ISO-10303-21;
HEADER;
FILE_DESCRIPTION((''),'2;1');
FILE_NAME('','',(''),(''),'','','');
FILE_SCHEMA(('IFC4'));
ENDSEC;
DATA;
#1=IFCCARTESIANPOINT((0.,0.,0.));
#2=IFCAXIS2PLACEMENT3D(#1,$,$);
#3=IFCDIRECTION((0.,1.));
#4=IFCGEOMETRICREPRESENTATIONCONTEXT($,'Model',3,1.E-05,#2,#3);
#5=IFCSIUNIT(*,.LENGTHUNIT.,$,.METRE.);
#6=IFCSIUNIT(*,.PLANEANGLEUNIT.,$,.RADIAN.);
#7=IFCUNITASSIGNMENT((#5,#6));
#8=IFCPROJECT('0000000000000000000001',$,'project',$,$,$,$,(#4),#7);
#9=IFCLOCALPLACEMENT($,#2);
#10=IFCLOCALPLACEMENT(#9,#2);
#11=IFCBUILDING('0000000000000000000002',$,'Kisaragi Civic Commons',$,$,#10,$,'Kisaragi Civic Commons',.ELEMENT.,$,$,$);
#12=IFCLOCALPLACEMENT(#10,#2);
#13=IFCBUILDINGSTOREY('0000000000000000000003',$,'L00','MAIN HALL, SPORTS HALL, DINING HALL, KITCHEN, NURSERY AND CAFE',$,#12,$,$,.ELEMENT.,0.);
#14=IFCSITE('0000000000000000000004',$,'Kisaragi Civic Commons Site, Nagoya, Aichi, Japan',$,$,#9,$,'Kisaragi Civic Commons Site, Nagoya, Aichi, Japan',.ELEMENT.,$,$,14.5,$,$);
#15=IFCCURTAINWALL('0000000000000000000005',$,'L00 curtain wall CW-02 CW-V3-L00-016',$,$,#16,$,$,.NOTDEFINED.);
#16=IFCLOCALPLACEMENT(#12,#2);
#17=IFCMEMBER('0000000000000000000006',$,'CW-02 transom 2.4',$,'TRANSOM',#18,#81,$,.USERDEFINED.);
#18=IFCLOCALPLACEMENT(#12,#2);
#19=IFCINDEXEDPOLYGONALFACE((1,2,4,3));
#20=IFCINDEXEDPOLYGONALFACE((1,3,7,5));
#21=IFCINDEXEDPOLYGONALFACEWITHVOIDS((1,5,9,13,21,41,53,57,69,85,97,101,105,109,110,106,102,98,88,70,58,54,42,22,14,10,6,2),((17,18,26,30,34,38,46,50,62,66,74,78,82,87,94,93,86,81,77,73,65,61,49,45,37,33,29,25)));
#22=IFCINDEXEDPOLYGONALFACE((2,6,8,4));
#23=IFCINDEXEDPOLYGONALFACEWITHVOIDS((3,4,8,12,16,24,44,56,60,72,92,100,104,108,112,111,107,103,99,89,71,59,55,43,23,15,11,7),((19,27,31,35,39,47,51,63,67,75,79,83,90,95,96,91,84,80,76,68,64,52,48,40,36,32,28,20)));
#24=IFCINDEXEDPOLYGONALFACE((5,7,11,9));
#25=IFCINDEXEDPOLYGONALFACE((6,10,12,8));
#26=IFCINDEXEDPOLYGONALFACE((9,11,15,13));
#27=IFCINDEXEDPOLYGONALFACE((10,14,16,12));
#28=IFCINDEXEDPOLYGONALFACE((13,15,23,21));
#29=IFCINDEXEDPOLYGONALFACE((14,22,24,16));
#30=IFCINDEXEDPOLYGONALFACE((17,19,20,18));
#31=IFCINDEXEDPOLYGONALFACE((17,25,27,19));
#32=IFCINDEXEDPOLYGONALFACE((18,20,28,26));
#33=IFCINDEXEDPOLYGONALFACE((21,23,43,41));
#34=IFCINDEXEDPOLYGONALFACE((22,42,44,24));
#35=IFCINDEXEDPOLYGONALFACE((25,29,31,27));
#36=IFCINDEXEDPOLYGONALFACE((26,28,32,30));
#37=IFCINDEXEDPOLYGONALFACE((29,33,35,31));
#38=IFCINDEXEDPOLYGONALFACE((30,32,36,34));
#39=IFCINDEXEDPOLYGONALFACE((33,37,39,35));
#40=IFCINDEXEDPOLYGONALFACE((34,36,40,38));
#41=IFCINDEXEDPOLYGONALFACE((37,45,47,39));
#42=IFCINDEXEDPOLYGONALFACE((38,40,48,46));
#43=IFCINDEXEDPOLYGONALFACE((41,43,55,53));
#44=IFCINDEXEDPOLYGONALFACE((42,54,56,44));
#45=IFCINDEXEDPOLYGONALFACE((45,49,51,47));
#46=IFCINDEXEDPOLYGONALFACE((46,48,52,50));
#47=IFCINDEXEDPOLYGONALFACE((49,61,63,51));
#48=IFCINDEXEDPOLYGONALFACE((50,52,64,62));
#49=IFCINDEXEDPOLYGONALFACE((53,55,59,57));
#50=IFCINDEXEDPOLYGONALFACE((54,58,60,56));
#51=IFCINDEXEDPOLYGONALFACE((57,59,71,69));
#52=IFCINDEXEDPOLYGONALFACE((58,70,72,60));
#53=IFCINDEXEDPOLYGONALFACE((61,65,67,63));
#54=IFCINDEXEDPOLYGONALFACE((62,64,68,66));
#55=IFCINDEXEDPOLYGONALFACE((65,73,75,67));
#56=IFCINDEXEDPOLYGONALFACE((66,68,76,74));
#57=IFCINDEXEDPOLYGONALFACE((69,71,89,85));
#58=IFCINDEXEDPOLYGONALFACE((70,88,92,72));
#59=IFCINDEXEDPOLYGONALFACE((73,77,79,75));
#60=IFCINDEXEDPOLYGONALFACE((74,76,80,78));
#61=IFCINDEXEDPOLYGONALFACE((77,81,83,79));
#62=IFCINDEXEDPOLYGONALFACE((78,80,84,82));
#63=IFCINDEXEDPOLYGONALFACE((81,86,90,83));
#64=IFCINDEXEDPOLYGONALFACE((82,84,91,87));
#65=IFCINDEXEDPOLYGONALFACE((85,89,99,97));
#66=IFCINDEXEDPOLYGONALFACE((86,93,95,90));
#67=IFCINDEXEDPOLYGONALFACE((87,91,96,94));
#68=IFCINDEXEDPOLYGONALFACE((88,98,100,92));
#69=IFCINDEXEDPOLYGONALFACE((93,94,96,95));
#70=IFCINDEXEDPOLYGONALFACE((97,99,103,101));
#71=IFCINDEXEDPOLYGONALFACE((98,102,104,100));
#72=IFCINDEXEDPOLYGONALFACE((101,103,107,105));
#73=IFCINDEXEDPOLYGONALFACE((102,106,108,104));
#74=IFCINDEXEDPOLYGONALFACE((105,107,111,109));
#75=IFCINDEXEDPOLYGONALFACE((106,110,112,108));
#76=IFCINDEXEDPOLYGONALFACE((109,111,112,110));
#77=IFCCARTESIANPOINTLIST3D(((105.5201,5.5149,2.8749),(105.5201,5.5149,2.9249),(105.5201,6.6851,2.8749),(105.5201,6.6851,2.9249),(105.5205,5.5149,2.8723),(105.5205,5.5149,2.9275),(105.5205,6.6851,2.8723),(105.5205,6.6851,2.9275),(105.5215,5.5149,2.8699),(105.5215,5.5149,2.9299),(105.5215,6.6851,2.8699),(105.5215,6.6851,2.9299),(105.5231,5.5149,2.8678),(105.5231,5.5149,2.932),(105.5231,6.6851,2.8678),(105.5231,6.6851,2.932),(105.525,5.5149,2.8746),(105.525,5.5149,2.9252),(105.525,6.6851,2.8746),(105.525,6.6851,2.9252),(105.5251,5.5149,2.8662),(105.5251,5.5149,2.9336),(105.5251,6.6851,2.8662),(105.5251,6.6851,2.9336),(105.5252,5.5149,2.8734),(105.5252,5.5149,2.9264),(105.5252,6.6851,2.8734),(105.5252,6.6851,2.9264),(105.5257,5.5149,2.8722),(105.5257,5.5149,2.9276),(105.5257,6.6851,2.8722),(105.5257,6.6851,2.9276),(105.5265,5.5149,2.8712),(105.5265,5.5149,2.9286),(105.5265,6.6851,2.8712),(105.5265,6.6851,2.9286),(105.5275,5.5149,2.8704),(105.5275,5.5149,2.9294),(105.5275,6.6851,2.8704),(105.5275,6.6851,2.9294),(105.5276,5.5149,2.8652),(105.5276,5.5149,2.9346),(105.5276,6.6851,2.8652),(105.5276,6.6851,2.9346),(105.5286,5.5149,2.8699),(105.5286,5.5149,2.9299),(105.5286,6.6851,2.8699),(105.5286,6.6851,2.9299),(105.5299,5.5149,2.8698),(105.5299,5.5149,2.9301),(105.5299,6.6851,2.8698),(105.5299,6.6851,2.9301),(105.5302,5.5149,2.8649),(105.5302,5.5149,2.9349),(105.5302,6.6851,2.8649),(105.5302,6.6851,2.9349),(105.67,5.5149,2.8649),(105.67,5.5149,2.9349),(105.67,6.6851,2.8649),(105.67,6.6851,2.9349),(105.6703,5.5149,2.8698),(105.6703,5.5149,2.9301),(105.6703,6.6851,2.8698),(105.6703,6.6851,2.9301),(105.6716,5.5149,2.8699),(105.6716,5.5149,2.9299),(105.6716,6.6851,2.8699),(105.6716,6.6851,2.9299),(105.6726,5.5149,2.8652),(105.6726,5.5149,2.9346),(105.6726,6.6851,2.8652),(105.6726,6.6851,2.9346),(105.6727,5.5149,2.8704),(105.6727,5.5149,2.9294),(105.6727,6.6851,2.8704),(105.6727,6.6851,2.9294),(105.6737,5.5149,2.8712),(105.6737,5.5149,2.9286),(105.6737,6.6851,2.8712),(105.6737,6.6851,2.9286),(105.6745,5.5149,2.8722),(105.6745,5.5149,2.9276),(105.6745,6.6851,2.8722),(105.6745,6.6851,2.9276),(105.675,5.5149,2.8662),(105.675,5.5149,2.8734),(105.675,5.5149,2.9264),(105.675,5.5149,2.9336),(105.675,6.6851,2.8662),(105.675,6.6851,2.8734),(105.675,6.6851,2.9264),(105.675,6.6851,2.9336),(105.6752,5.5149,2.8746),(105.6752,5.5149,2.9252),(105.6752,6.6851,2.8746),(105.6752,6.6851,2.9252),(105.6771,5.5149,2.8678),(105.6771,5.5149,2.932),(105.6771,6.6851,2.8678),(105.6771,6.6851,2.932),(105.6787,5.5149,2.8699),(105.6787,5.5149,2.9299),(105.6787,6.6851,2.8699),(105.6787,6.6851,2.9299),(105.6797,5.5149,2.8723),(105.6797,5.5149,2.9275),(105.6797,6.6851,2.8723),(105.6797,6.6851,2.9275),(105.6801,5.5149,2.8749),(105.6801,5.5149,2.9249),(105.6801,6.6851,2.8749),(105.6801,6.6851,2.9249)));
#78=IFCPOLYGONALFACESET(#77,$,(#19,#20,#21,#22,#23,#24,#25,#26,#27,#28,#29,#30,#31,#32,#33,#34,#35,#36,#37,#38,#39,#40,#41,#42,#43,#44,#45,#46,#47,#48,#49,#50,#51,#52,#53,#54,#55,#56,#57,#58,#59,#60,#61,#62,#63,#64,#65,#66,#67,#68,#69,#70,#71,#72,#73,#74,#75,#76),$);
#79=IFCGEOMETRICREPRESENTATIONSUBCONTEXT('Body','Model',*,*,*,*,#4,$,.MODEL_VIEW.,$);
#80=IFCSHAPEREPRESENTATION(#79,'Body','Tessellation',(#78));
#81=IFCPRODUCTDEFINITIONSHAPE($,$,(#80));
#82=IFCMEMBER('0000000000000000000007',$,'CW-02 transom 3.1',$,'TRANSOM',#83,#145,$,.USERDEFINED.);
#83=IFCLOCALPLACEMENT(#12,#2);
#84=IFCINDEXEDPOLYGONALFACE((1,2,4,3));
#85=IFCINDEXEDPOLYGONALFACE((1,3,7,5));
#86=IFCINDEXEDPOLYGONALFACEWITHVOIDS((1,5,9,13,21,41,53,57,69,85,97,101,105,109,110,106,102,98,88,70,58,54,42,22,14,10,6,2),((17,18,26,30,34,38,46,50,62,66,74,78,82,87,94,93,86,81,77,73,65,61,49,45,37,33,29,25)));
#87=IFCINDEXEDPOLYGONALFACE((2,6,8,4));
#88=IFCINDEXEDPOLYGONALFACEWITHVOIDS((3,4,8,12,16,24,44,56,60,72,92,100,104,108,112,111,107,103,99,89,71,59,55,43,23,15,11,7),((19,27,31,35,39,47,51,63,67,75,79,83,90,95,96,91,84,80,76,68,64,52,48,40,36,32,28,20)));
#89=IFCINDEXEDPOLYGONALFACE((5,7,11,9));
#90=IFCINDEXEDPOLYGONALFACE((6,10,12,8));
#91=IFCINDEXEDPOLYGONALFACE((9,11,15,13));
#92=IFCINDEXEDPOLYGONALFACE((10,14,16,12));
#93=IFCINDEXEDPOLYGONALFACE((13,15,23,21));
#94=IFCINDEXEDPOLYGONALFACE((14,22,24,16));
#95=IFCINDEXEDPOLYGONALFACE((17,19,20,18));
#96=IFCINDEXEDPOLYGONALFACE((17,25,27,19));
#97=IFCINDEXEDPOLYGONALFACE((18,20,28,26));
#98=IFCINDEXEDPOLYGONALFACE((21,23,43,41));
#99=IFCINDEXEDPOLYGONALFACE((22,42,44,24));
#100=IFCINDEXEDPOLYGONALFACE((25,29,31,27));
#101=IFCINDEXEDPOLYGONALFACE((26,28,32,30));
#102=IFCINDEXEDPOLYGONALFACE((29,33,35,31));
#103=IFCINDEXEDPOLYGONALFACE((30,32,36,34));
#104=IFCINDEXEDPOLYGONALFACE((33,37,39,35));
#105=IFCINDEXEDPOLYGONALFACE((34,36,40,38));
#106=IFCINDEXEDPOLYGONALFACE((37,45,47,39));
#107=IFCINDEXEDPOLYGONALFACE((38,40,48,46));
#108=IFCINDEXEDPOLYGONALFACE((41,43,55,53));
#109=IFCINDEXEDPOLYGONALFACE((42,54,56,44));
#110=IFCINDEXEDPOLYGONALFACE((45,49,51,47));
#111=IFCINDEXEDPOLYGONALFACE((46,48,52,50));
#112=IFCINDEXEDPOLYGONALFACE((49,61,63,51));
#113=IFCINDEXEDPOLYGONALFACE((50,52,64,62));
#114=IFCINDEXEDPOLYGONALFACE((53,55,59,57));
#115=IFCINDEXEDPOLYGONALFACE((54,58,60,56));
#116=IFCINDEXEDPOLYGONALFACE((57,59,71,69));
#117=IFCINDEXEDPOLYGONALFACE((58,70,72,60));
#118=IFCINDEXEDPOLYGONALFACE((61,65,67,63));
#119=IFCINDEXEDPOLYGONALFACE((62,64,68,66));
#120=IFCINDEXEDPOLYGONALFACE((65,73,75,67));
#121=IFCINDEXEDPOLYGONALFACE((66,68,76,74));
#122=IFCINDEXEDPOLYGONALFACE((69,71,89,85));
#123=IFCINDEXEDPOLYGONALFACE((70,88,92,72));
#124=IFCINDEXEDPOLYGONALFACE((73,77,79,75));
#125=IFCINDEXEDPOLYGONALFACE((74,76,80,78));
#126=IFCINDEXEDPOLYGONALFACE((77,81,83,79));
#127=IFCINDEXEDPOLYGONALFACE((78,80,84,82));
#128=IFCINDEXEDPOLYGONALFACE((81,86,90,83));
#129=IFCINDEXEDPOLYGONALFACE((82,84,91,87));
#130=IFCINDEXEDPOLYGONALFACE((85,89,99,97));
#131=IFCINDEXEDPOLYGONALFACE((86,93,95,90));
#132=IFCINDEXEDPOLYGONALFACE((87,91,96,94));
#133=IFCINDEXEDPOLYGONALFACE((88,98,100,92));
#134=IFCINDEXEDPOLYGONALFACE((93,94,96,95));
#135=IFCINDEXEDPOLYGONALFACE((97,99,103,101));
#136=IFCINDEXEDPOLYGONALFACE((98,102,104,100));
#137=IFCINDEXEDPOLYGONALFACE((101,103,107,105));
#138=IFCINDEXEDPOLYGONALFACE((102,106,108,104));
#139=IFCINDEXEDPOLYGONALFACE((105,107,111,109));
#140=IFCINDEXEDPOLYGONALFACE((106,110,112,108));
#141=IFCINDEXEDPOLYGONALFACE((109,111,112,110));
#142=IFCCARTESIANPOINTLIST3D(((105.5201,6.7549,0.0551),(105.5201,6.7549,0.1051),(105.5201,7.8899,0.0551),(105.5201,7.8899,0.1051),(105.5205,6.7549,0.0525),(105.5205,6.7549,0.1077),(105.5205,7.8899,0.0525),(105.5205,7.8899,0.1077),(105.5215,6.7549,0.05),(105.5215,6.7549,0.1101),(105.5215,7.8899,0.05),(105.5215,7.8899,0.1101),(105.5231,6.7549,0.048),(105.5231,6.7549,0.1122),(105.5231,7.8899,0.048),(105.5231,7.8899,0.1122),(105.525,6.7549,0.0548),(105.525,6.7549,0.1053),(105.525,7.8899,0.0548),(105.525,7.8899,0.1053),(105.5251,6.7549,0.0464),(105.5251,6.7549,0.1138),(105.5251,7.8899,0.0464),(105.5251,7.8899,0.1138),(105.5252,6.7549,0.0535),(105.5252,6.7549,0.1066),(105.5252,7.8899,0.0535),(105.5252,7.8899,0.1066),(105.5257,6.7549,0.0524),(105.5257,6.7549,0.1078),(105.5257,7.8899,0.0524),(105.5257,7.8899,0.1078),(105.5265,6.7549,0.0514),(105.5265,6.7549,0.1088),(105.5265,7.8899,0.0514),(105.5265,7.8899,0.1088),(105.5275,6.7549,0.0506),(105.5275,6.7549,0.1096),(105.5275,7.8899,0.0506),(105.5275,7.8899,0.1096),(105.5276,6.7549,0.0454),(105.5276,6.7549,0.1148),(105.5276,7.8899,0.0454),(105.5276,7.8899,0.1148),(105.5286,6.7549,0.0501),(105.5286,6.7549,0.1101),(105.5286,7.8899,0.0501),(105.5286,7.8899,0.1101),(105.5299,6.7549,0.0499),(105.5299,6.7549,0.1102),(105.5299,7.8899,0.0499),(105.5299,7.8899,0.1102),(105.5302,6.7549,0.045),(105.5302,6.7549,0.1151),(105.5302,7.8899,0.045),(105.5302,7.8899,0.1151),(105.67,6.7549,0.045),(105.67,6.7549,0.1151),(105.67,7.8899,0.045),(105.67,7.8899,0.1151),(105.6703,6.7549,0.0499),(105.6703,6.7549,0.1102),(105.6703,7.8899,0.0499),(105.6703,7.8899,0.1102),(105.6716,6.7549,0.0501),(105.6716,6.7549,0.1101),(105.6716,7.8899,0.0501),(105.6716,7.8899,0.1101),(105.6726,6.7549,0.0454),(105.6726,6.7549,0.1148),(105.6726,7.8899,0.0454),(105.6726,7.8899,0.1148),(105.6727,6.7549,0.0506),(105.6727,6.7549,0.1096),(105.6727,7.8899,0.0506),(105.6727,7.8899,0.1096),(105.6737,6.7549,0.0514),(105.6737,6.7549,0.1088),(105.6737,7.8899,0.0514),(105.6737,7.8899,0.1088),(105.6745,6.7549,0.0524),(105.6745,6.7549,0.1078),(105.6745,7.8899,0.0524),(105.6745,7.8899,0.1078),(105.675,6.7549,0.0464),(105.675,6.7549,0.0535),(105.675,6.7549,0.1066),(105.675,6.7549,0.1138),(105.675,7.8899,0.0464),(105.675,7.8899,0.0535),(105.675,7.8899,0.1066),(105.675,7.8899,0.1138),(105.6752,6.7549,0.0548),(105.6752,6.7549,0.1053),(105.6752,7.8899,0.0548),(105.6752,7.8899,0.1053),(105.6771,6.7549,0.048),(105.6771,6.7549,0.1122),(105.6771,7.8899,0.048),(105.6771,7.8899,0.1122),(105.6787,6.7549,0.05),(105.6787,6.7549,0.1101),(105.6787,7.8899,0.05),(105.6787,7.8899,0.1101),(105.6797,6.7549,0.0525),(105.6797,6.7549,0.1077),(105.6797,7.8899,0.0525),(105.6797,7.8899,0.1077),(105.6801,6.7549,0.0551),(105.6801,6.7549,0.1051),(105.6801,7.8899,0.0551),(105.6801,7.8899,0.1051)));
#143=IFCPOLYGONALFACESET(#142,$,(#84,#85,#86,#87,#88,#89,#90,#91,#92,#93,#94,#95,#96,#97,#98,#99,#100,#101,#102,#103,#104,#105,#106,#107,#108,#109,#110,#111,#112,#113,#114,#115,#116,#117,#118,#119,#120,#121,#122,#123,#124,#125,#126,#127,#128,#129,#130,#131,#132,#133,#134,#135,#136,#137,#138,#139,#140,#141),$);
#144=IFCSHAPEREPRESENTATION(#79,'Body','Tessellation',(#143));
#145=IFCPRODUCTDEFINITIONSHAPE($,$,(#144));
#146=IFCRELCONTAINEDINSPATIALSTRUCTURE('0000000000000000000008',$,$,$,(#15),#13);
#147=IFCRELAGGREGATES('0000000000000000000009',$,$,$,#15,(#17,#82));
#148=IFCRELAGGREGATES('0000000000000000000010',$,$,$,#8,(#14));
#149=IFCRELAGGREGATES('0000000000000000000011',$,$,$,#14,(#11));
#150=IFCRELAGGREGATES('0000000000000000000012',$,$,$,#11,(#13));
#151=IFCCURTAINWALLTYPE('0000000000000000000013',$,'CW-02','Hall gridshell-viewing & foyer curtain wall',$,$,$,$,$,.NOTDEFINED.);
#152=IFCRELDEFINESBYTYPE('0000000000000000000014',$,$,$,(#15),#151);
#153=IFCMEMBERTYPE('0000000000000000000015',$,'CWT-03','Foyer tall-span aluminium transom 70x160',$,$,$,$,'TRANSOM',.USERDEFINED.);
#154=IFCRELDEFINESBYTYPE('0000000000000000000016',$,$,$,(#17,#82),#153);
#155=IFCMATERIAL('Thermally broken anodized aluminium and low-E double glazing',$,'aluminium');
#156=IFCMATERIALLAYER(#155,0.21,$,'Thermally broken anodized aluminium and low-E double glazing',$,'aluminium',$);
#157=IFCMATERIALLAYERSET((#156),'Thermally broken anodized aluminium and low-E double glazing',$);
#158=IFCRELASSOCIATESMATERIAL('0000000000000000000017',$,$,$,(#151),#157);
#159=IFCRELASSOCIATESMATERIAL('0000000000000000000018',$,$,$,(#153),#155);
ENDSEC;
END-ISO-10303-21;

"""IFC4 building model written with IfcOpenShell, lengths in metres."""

from ifc_helpers import new_model, si_unit, direction, frame, origin, origin_2d, place, context, subcontext, project, spatial, hollow_rectangle, extrude, material, layer, layer_set, material_profile, profile_set, type_object, element, aggregate, save


model = new_model("IFC4")

# Units and contexts
model_context = context("Model", 3, precision=1e-05, world=origin(), true_north=direction((0.0, 1.0)))
body_context = subcontext(model_context, "Body", "Model", "MODEL_VIEW")
ifc_project = project(units=[si_unit("LENGTHUNIT", "METRE"), si_unit("PLANEANGLEUNIT", "RADIAN")], contexts=[model_context])

# Site, building, storey
site_placement = place(None, origin())
site = spatial("IfcSite", under=ifc_project, at=site_placement, Name="Kisaragi Civic Commons Site, Nagoya, Aichi, Japan", LongName="Kisaragi Civic Commons Site, Nagoya, Aichi, Japan", CompositionType="ELEMENT", RefElevation=14.5)
building_placement = place(site_placement, origin())
building = spatial("IfcBuilding", under=site, at=building_placement, Name="Kisaragi Civic Commons", LongName="Kisaragi Civic Commons", CompositionType="ELEMENT")
storey_placement = place(building_placement, origin())
storey = spatial("IfcBuildingStorey", under=building, at=storey_placement, Name="L00", Description="MAIN HALL, SPORTS HALL, DINING HALL, KITCHEN, NURSERY AND CAFE", CompositionType="ELEMENT", Elevation=0.0)

# Curtain wall
ifc_material_1 = material(Name="Thermally broken anodized aluminium and low-E double glazing", Category="aluminium")
ifc_layer_1 = layer(ifc_material_1, 0.21, Name="Thermally broken anodized aluminium and low-E double glazing", Category="aluminium")
ifc_layer_set_1 = layer_set([ifc_layer_1], Name="Thermally broken anodized aluminium and low-E double glazing")
curtain_wall_type = type_object("IfcCurtainWallType", Name="CW-02", Description="Hall gridshell-viewing & foyer curtain wall", PredefinedType="NOTDEFINED", material=ifc_layer_set_1)
curtain_wall_1_placement = place(storey_placement, origin())
curtain_wall_1 = element("IfcCurtainWall", 1, at=curtain_wall_1_placement, inside=storey, type_object=curtain_wall_type, Name="L00 curtain wall CW-02 CW-V3-L00-016", PredefinedType="NOTDEFINED")

# Members
ifc_material_profile_1 = material_profile(ifc_material_1, hollow_rectangle(XDim=0.1599, YDim=0.0701, WallThickness=0.0049, InnerFilletRadius=0.0049, OuterFilletRadius=0.01, at=origin_2d()), Name="CWT-70x160x5", Category="aluminium")
ifc_profile_set_1 = profile_set([ifc_material_profile_1], Name="Thermally broken anodized aluminium and low-E double glazing")
member_type_1 = type_object("IfcMemberType", Name="CWT-03", Description="Foyer tall-span aluminium transom 70x160", ElementType="TRANSOM", PredefinedType="USERDEFINED", material=ifc_profile_set_1)
member_1_placement = place(storey_placement, frame((105.6001, 5.5149, 2.8999), z_axis=(0.0, 1.0, 0.0), x_axis=(-1.0, 0.0, 0.0)))
member_1 = element("IfcMember", 2, at=member_1_placement, type_object=member_type_1, Name="CW-02 transom 2.4", ObjectType="TRANSOM", PredefinedType="USERDEFINED", context=body_context, shape_type="SweptSolid", body=[
    extrude(hollow_rectangle(XDim=0.1599, YDim=0.0701, WallThickness=0.0049, InnerFilletRadius=0.0049, OuterFilletRadius=0.01, at=origin_2d()), origin(), (0.0, 0.0, 1.0), 1.1702),
])
member_2_placement = place(storey_placement, frame((105.6001, 6.7549, 0.0801), z_axis=(0.0, 1.0, 0.0), x_axis=(-1.0, 0.0, 0.0)))
member_2 = element("IfcMember", 3, at=member_2_placement, type_object=member_type_1, Name="CW-02 transom 3.1", ObjectType="TRANSOM", PredefinedType="USERDEFINED", context=body_context, shape_type="SweptSolid", body=[
    extrude(hollow_rectangle(XDim=0.1599, YDim=0.0701, WallThickness=0.0049, InnerFilletRadius=0.0049, OuterFilletRadius=0.01, at=origin_2d()), origin(), (0.0, 0.0, 1.0), 1.135),
])

aggregate(curtain_wall_1, [member_1, member_2])

save(model, "model.ifc")
